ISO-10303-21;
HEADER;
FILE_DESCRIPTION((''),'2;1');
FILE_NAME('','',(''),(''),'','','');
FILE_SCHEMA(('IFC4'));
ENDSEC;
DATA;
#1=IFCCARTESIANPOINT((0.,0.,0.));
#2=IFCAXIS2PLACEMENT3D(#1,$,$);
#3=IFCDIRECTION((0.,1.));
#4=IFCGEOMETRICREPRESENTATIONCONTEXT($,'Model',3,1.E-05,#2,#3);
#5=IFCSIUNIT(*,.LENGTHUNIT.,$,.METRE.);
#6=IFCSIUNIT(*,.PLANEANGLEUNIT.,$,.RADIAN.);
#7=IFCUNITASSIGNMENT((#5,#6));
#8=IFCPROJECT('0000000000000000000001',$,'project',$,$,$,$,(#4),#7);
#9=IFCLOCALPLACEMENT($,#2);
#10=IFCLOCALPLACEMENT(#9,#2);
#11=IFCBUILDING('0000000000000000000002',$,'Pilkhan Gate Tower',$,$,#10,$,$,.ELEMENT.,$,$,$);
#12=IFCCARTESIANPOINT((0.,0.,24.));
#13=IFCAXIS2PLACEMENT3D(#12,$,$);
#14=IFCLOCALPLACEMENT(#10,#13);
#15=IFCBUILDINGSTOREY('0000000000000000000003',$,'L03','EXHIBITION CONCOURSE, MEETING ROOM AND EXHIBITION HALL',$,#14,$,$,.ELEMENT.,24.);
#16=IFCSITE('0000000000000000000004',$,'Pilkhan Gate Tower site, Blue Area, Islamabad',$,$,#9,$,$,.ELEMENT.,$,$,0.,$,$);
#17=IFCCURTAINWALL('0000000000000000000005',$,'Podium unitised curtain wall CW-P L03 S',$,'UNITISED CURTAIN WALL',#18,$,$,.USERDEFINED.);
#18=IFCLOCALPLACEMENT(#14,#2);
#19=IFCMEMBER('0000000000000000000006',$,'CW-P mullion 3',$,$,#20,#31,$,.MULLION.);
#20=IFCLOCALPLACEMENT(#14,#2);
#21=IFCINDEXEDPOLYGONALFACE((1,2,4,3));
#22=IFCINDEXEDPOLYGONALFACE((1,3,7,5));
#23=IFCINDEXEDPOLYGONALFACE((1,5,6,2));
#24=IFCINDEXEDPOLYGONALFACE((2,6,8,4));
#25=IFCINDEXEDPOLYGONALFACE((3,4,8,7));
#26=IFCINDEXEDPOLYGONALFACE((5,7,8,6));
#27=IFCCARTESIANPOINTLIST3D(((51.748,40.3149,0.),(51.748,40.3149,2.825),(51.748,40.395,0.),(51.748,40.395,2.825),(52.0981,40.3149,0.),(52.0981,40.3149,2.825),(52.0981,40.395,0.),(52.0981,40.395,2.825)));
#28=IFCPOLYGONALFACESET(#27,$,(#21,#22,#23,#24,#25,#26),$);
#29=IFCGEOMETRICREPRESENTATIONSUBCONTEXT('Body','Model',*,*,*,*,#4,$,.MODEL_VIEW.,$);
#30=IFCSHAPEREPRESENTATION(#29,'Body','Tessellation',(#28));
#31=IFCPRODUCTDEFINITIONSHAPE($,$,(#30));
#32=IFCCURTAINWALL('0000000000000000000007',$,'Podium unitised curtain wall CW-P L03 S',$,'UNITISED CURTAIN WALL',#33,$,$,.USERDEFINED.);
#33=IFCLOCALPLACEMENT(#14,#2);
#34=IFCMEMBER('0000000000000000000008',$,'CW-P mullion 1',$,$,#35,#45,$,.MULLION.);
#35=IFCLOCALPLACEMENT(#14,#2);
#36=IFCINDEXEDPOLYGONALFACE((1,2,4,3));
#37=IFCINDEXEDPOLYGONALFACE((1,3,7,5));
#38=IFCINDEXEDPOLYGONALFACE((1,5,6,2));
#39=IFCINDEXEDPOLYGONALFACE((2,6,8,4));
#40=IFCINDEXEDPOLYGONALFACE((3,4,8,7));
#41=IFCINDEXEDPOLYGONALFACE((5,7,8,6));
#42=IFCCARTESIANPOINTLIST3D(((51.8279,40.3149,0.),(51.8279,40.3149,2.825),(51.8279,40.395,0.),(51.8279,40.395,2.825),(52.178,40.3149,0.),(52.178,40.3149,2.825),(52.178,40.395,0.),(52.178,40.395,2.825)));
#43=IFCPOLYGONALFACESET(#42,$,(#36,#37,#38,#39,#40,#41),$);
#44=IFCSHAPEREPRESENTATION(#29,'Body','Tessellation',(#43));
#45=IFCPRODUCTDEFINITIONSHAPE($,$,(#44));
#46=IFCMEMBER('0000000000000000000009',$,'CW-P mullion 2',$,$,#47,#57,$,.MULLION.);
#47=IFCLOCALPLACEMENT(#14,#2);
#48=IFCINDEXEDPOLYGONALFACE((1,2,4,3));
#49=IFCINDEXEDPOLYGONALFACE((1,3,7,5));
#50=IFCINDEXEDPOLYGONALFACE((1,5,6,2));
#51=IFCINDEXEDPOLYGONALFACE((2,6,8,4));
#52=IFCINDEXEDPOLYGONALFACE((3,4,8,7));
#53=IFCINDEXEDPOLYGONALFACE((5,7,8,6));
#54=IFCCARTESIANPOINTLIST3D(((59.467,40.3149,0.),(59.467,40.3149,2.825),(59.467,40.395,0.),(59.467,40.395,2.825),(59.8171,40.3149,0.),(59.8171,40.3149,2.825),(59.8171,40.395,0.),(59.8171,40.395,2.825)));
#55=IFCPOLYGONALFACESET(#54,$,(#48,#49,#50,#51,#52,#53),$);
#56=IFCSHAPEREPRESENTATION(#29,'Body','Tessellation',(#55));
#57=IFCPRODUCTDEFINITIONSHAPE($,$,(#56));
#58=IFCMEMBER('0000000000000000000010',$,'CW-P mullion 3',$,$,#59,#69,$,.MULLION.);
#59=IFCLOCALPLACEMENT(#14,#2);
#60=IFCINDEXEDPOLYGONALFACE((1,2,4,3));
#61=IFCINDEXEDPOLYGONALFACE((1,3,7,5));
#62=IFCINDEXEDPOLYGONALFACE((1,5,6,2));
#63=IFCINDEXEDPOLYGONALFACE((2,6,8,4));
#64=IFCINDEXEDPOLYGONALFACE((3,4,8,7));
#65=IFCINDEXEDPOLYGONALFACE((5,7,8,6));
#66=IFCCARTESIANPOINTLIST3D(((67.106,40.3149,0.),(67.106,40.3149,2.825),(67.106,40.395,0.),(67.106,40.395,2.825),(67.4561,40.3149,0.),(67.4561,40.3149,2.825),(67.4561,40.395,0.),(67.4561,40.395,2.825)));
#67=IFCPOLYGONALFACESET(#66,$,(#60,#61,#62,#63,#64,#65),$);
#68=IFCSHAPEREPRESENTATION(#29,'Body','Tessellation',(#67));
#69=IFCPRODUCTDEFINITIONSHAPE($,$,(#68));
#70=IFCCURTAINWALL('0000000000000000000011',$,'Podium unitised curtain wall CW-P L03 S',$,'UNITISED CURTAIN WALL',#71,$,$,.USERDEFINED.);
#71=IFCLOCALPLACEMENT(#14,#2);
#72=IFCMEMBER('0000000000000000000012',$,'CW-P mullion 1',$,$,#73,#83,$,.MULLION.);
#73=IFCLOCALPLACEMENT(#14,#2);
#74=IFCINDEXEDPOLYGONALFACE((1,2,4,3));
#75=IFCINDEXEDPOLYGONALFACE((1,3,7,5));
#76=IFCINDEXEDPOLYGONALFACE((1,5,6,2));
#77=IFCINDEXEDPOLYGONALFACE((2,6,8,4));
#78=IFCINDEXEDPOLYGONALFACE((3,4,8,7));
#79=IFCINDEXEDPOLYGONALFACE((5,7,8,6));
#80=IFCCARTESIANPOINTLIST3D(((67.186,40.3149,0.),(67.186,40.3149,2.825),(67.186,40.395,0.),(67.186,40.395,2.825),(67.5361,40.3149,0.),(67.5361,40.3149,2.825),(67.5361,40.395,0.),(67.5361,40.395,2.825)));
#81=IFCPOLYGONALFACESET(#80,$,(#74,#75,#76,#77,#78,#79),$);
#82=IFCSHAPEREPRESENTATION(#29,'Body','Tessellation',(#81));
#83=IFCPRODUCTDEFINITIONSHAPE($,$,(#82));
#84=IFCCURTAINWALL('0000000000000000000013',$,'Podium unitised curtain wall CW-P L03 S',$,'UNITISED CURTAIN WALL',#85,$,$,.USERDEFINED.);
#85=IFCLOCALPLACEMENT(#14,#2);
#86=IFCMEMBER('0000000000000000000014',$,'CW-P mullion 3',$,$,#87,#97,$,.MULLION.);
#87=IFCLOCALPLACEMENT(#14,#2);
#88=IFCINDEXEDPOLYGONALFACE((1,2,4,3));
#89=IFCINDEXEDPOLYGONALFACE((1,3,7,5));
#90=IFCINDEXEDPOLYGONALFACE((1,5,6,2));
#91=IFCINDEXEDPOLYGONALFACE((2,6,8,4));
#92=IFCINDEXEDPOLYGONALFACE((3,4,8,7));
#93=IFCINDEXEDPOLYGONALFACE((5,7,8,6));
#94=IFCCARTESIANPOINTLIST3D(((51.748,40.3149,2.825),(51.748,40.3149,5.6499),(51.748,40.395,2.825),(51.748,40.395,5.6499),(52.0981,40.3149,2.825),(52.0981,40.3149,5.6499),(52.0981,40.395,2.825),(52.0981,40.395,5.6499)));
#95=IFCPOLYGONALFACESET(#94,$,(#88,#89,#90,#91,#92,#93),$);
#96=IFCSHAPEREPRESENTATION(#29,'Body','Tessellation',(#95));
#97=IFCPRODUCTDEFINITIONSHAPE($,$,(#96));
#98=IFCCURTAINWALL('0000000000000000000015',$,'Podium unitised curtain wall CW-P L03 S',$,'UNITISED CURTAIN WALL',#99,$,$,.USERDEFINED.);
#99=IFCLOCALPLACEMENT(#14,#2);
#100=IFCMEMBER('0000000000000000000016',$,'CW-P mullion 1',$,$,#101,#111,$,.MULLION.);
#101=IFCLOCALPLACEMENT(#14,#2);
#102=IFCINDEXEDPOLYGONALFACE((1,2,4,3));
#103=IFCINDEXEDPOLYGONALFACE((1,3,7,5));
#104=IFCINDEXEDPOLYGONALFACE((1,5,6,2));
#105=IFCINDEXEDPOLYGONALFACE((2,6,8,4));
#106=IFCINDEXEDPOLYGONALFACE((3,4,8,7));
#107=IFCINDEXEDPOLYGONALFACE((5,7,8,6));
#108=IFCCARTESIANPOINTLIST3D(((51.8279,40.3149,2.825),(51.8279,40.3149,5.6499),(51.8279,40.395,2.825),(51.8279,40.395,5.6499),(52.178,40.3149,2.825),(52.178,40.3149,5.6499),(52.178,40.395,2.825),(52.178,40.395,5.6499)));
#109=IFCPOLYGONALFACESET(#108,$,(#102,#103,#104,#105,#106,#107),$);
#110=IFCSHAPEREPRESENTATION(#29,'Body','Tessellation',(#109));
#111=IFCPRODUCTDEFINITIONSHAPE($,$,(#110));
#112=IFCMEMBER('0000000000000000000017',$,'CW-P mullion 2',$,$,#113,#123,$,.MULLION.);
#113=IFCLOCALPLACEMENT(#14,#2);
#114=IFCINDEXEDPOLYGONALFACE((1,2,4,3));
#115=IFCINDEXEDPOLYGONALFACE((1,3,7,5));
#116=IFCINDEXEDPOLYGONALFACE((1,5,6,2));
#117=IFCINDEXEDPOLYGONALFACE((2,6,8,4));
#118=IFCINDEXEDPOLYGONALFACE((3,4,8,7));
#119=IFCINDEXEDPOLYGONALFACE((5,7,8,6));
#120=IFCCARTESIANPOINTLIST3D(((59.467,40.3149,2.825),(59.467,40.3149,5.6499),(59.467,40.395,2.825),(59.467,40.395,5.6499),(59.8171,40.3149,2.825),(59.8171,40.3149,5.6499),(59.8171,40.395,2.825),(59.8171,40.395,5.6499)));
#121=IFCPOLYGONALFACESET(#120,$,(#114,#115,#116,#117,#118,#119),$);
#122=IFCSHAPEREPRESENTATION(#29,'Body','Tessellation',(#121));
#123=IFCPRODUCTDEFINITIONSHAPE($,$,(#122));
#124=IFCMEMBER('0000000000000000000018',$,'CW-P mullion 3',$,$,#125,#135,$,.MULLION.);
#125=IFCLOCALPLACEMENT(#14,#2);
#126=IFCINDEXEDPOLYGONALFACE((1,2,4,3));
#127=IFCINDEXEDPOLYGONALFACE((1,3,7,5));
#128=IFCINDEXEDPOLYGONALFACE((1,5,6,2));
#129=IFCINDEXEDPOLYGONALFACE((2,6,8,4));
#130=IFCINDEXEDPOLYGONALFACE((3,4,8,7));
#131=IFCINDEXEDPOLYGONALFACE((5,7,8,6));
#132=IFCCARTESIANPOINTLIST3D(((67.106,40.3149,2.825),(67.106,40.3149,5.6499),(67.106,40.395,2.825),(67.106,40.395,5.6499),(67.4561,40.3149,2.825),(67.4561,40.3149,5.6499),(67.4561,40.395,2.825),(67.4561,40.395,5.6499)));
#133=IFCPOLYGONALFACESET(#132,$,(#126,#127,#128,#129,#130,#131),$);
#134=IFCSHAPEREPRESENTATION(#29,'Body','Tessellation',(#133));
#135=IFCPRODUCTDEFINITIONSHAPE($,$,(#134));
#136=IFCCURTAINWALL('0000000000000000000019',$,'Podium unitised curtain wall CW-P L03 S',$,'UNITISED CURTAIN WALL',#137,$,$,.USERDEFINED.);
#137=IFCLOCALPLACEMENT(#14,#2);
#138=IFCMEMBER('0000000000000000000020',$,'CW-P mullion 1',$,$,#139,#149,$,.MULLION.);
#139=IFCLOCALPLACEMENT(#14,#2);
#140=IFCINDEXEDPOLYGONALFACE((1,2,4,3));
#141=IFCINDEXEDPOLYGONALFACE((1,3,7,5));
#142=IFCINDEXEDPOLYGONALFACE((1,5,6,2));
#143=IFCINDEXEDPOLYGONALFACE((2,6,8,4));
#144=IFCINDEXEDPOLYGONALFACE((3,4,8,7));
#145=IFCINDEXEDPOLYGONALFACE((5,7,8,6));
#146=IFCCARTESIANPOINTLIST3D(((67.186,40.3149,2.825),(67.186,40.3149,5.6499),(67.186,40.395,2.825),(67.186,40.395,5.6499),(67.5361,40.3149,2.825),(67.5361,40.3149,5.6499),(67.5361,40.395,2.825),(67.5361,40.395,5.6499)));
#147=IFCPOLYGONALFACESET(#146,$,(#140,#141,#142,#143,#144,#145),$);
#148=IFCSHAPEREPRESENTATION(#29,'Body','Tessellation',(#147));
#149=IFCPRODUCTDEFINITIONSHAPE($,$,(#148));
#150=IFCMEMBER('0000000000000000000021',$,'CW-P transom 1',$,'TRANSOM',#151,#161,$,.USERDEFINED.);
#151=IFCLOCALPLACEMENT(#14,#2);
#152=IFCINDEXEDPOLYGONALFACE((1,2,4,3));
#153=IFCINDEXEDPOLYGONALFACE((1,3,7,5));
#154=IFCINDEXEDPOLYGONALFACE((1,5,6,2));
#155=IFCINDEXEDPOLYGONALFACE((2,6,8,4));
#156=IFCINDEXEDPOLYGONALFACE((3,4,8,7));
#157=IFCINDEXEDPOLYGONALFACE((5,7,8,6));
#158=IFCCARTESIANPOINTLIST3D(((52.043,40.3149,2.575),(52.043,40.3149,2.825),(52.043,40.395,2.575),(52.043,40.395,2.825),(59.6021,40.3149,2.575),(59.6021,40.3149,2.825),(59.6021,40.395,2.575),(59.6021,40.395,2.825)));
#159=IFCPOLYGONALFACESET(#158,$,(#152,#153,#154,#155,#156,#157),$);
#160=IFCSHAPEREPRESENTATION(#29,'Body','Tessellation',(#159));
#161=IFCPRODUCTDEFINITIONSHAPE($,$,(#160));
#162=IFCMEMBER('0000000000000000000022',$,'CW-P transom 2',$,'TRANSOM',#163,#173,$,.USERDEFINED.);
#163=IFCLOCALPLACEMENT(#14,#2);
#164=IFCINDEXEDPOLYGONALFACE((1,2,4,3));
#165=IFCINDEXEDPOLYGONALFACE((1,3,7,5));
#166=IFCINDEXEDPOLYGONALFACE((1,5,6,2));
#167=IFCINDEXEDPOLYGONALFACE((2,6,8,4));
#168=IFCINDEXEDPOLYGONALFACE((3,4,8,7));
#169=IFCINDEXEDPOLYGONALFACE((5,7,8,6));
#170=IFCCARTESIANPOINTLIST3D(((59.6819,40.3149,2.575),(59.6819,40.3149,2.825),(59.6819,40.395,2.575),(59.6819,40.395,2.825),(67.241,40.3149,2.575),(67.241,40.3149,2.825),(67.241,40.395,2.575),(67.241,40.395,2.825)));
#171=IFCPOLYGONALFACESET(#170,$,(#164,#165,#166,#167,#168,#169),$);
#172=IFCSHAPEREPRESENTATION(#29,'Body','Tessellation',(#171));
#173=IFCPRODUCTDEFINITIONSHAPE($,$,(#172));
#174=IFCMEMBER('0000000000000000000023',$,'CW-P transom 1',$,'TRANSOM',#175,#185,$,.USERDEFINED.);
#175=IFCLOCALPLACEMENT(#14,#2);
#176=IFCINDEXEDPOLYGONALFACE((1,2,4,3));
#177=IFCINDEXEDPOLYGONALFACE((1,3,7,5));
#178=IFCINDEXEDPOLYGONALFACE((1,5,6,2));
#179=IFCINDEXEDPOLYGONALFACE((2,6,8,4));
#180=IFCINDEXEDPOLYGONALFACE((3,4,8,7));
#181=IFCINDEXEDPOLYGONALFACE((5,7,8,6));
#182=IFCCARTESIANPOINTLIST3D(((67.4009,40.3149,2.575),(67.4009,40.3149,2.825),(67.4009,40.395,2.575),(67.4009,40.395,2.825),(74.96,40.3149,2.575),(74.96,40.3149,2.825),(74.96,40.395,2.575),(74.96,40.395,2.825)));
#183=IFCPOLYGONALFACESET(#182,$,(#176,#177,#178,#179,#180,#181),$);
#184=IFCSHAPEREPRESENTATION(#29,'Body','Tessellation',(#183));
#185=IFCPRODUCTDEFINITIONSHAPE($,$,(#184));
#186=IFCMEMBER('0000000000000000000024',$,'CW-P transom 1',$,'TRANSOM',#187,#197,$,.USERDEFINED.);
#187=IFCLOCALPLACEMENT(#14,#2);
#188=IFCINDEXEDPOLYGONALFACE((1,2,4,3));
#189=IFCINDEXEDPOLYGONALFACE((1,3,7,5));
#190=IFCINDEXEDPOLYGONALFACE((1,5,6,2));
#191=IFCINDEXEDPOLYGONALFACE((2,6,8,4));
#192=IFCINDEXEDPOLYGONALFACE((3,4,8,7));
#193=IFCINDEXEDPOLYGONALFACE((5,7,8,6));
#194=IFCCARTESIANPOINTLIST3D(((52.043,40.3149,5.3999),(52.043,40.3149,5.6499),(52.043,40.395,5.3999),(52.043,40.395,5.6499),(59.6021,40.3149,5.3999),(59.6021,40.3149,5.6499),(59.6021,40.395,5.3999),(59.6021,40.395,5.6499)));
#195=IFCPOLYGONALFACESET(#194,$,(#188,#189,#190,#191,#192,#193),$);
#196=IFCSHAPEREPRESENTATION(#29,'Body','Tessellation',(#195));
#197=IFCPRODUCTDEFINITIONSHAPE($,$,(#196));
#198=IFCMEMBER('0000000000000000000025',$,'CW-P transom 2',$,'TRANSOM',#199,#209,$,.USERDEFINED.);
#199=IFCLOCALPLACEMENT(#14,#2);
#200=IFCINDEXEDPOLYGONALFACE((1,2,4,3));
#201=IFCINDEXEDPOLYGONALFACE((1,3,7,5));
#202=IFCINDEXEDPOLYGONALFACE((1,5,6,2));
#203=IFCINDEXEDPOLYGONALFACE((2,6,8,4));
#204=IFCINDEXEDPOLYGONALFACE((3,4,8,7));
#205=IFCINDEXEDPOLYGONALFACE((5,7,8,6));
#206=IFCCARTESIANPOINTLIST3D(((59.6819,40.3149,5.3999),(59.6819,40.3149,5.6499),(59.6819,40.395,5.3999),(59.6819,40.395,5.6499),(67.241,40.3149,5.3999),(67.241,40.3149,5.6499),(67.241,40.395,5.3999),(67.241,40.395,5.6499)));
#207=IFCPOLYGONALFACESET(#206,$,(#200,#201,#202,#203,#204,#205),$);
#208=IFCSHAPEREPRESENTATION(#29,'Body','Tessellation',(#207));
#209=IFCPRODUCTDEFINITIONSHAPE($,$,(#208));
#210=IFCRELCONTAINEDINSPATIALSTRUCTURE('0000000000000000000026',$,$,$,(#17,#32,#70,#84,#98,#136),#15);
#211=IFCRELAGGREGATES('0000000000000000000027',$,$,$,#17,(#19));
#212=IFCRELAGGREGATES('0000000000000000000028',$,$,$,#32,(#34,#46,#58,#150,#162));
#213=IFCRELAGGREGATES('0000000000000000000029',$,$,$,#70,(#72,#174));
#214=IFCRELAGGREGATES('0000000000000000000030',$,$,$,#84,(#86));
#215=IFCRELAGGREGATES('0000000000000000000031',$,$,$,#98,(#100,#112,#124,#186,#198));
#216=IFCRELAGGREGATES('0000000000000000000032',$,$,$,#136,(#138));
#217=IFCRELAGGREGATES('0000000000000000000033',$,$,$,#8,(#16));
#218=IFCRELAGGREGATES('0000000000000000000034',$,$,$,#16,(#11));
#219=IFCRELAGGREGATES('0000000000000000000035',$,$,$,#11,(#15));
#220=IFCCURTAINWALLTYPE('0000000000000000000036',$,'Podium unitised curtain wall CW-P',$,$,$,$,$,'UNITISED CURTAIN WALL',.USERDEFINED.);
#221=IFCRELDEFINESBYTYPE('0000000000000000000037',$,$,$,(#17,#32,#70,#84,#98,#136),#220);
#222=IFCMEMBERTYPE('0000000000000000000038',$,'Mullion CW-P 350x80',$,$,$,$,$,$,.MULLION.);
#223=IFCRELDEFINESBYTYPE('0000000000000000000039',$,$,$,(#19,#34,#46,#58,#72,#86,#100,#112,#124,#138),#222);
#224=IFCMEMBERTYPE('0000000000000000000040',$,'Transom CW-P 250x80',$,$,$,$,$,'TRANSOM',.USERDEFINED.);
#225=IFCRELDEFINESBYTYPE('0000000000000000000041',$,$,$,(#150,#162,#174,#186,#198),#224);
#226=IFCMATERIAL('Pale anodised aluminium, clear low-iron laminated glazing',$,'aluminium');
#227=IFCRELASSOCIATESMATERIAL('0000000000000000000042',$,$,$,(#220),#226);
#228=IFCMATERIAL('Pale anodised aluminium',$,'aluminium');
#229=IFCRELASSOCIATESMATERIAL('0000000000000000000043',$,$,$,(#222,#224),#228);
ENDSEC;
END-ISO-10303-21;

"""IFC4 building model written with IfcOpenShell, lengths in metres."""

from ifc_helpers import new_model, si_unit, direction, frame, origin, origin_2d, place, context, subcontext, project, spatial, rectangle, extrude, material, material_profile, profile_set, type_object, element, aggregate, save


model = new_model("IFC4")

# Units and contexts
model_context = context("Model", 3, precision=1e-05, world=origin(), true_north=direction((0.0, 1.0)))
body_context = subcontext(model_context, "Body", "Model", "MODEL_VIEW")
ifc_project = project(units=[si_unit("LENGTHUNIT", "METRE"), si_unit("PLANEANGLEUNIT", "RADIAN")], contexts=[model_context])

# Site, building, storey
site_placement = place(None, origin())
site = spatial("IfcSite", under=ifc_project, at=site_placement, Name="Pilkhan Gate Tower site, Blue Area, Islamabad", CompositionType="ELEMENT", RefElevation=0.0)
building_placement = place(site_placement, origin())
building = spatial("IfcBuilding", under=site, at=building_placement, Name="Pilkhan Gate Tower", CompositionType="ELEMENT")
storey_placement = place(building_placement, frame((0.0, 0.0, 24.0)))
storey = spatial("IfcBuildingStorey", under=building, at=storey_placement, Name="L03", Description="EXHIBITION CONCOURSE, MEETING ROOM AND EXHIBITION HALL", CompositionType="ELEMENT", Elevation=24.0)

# Curtain wall, member
ifc_material_1 = material(Name="Pale anodised aluminium, clear low-iron laminated glazing", Category="aluminium")
curtain_wall_type = type_object("IfcCurtainWallType", Name="Podium unitised curtain wall CW-P", ElementType="UNITISED CURTAIN WALL", PredefinedType="USERDEFINED", material=ifc_material_1)
curtain_wall_1_placement = place(storey_placement, origin())
curtain_wall_1 = element("IfcCurtainWall", 1, at=curtain_wall_1_placement, inside=storey, type_object=curtain_wall_type, Name="Podium unitised curtain wall CW-P L03 S", ObjectType="UNITISED CURTAIN WALL", PredefinedType="USERDEFINED")
ifc_material_2 = material(Name="Pale anodised aluminium", Category="aluminium")
ifc_material_profile_1 = material_profile(ifc_material_2, rectangle(XDim=0.0801, YDim=0.3501, at=origin_2d()), Name="Mullion 350x80")
ifc_profile_set_1 = profile_set([ifc_material_profile_1], Name="Pale anodised aluminium")
member_type_1 = type_object("IfcMemberType", Name="Mullion CW-P 350x80", PredefinedType="MULLION", material=ifc_profile_set_1)
member_1_placement = place(storey_placement, frame((51.9231, 40.355, 0.0), z_axis=(0.0, 0.0, 1.0), x_axis=(0.0, 1.0, 0.0)))
member_1 = element("IfcMember", 2, at=member_1_placement, type_object=member_type_1, Name="CW-P mullion 3", PredefinedType="MULLION", context=body_context, shape_type="SweptSolid", body=[
    extrude(rectangle(XDim=0.0801, YDim=0.3501, at=origin_2d()), origin(), (0.0, 0.0, 1.0), 2.825),
])

# Curtain wall, members
curtain_wall_2_placement = place(storey_placement, origin())
curtain_wall_2 = element("IfcCurtainWall", 3, at=curtain_wall_2_placement, inside=storey, type_object=curtain_wall_type, Name="Podium unitised curtain wall CW-P L03 S", ObjectType="UNITISED CURTAIN WALL", PredefinedType="USERDEFINED")
member_2_placement = place(storey_placement, frame((52.0029, 40.355, 0.0), z_axis=(0.0, 0.0, 1.0), x_axis=(0.0, 1.0, 0.0)))
member_2 = element("IfcMember", 4, at=member_2_placement, type_object=member_type_1, Name="CW-P mullion 1", PredefinedType="MULLION", context=body_context, shape_type="SweptSolid", body=[
    extrude(rectangle(XDim=0.0801, YDim=0.3501, at=origin_2d()), origin(), (0.0, 0.0, 1.0), 2.825),
])
member_3_placement = place(storey_placement, frame((59.6421, 40.355, 0.0), z_axis=(0.0, 0.0, 1.0), x_axis=(0.0, 1.0, 0.0)))
member_3 = element("IfcMember", 5, at=member_3_placement, type_object=member_type_1, Name="CW-P mullion 2", PredefinedType="MULLION", context=body_context, shape_type="SweptSolid", body=[
    extrude(rectangle(XDim=0.0801, YDim=0.3501, at=origin_2d()), origin(), (0.0, 0.0, 1.0), 2.825),
])
member_4_placement = place(storey_placement, frame((67.281, 40.355, 0.0), z_axis=(0.0, 0.0, 1.0), x_axis=(0.0, 1.0, 0.0)))
member_4 = element("IfcMember", 6, at=member_4_placement, type_object=member_type_1, Name="CW-P mullion 3", PredefinedType="MULLION", context=body_context, shape_type="SweptSolid", body=[
    extrude(rectangle(XDim=0.0801, YDim=0.3501, at=origin_2d()), origin(), (0.0, 0.0, 1.0), 2.825),
])

# Curtain walls, members
curtain_wall_3_placement = place(storey_placement, origin())
curtain_wall_3 = element("IfcCurtainWall", 7, at=curtain_wall_3_placement, inside=storey, type_object=curtain_wall_type, Name="Podium unitised curtain wall CW-P L03 S", ObjectType="UNITISED CURTAIN WALL", PredefinedType="USERDEFINED")
member_5_placement = place(storey_placement, frame((67.3611, 40.355, 0.0), z_axis=(0.0, 0.0, 1.0), x_axis=(0.0, 1.0, 0.0)))
member_5 = element("IfcMember", 8, at=member_5_placement, type_object=member_type_1, Name="CW-P mullion 1", PredefinedType="MULLION", context=body_context, shape_type="SweptSolid", body=[
    extrude(rectangle(XDim=0.0801, YDim=0.3501, at=origin_2d()), origin(), (0.0, 0.0, 1.0), 2.825),
])
curtain_wall_4_placement = place(storey_placement, origin())
curtain_wall_4 = element("IfcCurtainWall", 9, at=curtain_wall_4_placement, inside=storey, type_object=curtain_wall_type, Name="Podium unitised curtain wall CW-P L03 S", ObjectType="UNITISED CURTAIN WALL", PredefinedType="USERDEFINED")
member_6_placement = place(storey_placement, frame((51.9231, 40.355, 2.825), z_axis=(0.0, 0.0, 1.0), x_axis=(0.0, 1.0, 0.0)))
member_6 = element("IfcMember", 10, at=member_6_placement, type_object=member_type_1, Name="CW-P mullion 3", PredefinedType="MULLION", context=body_context, shape_type="SweptSolid", body=[
    extrude(rectangle(XDim=0.0801, YDim=0.3501, at=origin_2d()), origin(), (0.0, 0.0, 1.0), 2.825),
])

# Curtain wall, members
curtain_wall_5_placement = place(storey_placement, origin())
curtain_wall_5 = element("IfcCurtainWall", 11, at=curtain_wall_5_placement, inside=storey, type_object=curtain_wall_type, Name="Podium unitised curtain wall CW-P L03 S", ObjectType="UNITISED CURTAIN WALL", PredefinedType="USERDEFINED")
member_7_placement = place(storey_placement, frame((52.0029, 40.355, 2.825), z_axis=(0.0, 0.0, 1.0), x_axis=(0.0, 1.0, 0.0)))
member_7 = element("IfcMember", 12, at=member_7_placement, type_object=member_type_1, Name="CW-P mullion 1", PredefinedType="MULLION", context=body_context, shape_type="SweptSolid", body=[
    extrude(rectangle(XDim=0.0801, YDim=0.3501, at=origin_2d()), origin(), (0.0, 0.0, 1.0), 2.825),
])
member_8_placement = place(storey_placement, frame((59.6421, 40.355, 2.825), z_axis=(0.0, 0.0, 1.0), x_axis=(0.0, 1.0, 0.0)))
member_8 = element("IfcMember", 13, at=member_8_placement, type_object=member_type_1, Name="CW-P mullion 2", PredefinedType="MULLION", context=body_context, shape_type="SweptSolid", body=[
    extrude(rectangle(XDim=0.0801, YDim=0.3501, at=origin_2d()), origin(), (0.0, 0.0, 1.0), 2.825),
])
member_9_placement = place(storey_placement, frame((67.281, 40.355, 2.825), z_axis=(0.0, 0.0, 1.0), x_axis=(0.0, 1.0, 0.0)))
member_9 = element("IfcMember", 14, at=member_9_placement, type_object=member_type_1, Name="CW-P mullion 3", PredefinedType="MULLION", context=body_context, shape_type="SweptSolid", body=[
    extrude(rectangle(XDim=0.0801, YDim=0.3501, at=origin_2d()), origin(), (0.0, 0.0, 1.0), 2.825),
])

# Curtain wall, member
curtain_wall_6_placement = place(storey_placement, origin())
curtain_wall_6 = element("IfcCurtainWall", 15, at=curtain_wall_6_placement, inside=storey, type_object=curtain_wall_type, Name="Podium unitised curtain wall CW-P L03 S", ObjectType="UNITISED CURTAIN WALL", PredefinedType="USERDEFINED")
member_10_placement = place(storey_placement, frame((67.3611, 40.355, 2.825), z_axis=(0.0, 0.0, 1.0), x_axis=(0.0, 1.0, 0.0)))
member_10 = element("IfcMember", 16, at=member_10_placement, type_object=member_type_1, Name="CW-P mullion 1", PredefinedType="MULLION", context=body_context, shape_type="SweptSolid", body=[
    extrude(rectangle(XDim=0.0801, YDim=0.3501, at=origin_2d()), origin(), (0.0, 0.0, 1.0), 2.825),
])

# Members
ifc_material_profile_2 = material_profile(ifc_material_2, rectangle(XDim=0.0801, YDim=0.25, at=origin_2d()), Name="Transom 250x80")
ifc_profile_set_2 = profile_set([ifc_material_profile_2], Name="Pale anodised aluminium")
member_type_2 = type_object("IfcMemberType", Name="Transom CW-P 250x80", ElementType="TRANSOM", PredefinedType="USERDEFINED", material=ifc_profile_set_2)
member_11_placement = place(storey_placement, frame((52.043, 40.355, 2.7), z_axis=(1.0, 0.0, 0.0), x_axis=(0.0, 1.0, 0.0)))
member_11 = element("IfcMember", 17, at=member_11_placement, type_object=member_type_2, Name="CW-P transom 1", ObjectType="TRANSOM", PredefinedType="USERDEFINED", context=body_context, shape_type="SweptSolid", body=[
    extrude(rectangle(XDim=0.0801, YDim=0.25, at=origin_2d()), origin(), (0.0, 0.0, 1.0), 7.5591),
])
member_12_placement = place(storey_placement, frame((59.6819, 40.355, 2.7), z_axis=(1.0, 0.0, 0.0), x_axis=(0.0, 1.0, 0.0)))
member_12 = element("IfcMember", 18, at=member_12_placement, type_object=member_type_2, Name="CW-P transom 2", ObjectType="TRANSOM", PredefinedType="USERDEFINED", context=body_context, shape_type="SweptSolid", body=[
    extrude(rectangle(XDim=0.0801, YDim=0.25, at=origin_2d()), origin(), (0.0, 0.0, 1.0), 7.5591),
])
member_13_placement = place(storey_placement, frame((67.4009, 40.355, 2.7), z_axis=(1.0, 0.0, 0.0), x_axis=(0.0, 1.0, 0.0)))
member_13 = element("IfcMember", 19, at=member_13_placement, type_object=member_type_2, Name="CW-P transom 1", ObjectType="TRANSOM", PredefinedType="USERDEFINED", context=body_context, shape_type="SweptSolid", body=[
    extrude(rectangle(XDim=0.0801, YDim=0.25, at=origin_2d()), origin(), (0.0, 0.0, 1.0), 7.5591),
])
member_14_placement = place(storey_placement, frame((52.043, 40.355, 5.5249), z_axis=(1.0, 0.0, 0.0), x_axis=(0.0, 1.0, 0.0)))
member_14 = element("IfcMember", 20, at=member_14_placement, type_object=member_type_2, Name="CW-P transom 1", ObjectType="TRANSOM", PredefinedType="USERDEFINED", context=body_context, shape_type="SweptSolid", body=[
    extrude(rectangle(XDim=0.0801, YDim=0.25, at=origin_2d()), origin(), (0.0, 0.0, 1.0), 7.5591),
])
member_15_placement = place(storey_placement, frame((59.6819, 40.355, 5.5249), z_axis=(1.0, 0.0, 0.0), x_axis=(0.0, 1.0, 0.0)))
member_15 = element("IfcMember", 21, at=member_15_placement, type_object=member_type_2, Name="CW-P transom 2", ObjectType="TRANSOM", PredefinedType="USERDEFINED", context=body_context, shape_type="SweptSolid", body=[
    extrude(rectangle(XDim=0.0801, YDim=0.25, at=origin_2d()), origin(), (0.0, 0.0, 1.0), 7.5591),
])

aggregate(curtain_wall_1, [member_1])
aggregate(curtain_wall_2, [member_2, member_3, member_4, member_11, member_12])
aggregate(curtain_wall_3, [member_5, member_13])
aggregate(curtain_wall_4, [member_6])
aggregate(curtain_wall_5, [member_7, member_8, member_9, member_14, member_15])
aggregate(curtain_wall_6, [member_10])

save(model, "model.ifc")
